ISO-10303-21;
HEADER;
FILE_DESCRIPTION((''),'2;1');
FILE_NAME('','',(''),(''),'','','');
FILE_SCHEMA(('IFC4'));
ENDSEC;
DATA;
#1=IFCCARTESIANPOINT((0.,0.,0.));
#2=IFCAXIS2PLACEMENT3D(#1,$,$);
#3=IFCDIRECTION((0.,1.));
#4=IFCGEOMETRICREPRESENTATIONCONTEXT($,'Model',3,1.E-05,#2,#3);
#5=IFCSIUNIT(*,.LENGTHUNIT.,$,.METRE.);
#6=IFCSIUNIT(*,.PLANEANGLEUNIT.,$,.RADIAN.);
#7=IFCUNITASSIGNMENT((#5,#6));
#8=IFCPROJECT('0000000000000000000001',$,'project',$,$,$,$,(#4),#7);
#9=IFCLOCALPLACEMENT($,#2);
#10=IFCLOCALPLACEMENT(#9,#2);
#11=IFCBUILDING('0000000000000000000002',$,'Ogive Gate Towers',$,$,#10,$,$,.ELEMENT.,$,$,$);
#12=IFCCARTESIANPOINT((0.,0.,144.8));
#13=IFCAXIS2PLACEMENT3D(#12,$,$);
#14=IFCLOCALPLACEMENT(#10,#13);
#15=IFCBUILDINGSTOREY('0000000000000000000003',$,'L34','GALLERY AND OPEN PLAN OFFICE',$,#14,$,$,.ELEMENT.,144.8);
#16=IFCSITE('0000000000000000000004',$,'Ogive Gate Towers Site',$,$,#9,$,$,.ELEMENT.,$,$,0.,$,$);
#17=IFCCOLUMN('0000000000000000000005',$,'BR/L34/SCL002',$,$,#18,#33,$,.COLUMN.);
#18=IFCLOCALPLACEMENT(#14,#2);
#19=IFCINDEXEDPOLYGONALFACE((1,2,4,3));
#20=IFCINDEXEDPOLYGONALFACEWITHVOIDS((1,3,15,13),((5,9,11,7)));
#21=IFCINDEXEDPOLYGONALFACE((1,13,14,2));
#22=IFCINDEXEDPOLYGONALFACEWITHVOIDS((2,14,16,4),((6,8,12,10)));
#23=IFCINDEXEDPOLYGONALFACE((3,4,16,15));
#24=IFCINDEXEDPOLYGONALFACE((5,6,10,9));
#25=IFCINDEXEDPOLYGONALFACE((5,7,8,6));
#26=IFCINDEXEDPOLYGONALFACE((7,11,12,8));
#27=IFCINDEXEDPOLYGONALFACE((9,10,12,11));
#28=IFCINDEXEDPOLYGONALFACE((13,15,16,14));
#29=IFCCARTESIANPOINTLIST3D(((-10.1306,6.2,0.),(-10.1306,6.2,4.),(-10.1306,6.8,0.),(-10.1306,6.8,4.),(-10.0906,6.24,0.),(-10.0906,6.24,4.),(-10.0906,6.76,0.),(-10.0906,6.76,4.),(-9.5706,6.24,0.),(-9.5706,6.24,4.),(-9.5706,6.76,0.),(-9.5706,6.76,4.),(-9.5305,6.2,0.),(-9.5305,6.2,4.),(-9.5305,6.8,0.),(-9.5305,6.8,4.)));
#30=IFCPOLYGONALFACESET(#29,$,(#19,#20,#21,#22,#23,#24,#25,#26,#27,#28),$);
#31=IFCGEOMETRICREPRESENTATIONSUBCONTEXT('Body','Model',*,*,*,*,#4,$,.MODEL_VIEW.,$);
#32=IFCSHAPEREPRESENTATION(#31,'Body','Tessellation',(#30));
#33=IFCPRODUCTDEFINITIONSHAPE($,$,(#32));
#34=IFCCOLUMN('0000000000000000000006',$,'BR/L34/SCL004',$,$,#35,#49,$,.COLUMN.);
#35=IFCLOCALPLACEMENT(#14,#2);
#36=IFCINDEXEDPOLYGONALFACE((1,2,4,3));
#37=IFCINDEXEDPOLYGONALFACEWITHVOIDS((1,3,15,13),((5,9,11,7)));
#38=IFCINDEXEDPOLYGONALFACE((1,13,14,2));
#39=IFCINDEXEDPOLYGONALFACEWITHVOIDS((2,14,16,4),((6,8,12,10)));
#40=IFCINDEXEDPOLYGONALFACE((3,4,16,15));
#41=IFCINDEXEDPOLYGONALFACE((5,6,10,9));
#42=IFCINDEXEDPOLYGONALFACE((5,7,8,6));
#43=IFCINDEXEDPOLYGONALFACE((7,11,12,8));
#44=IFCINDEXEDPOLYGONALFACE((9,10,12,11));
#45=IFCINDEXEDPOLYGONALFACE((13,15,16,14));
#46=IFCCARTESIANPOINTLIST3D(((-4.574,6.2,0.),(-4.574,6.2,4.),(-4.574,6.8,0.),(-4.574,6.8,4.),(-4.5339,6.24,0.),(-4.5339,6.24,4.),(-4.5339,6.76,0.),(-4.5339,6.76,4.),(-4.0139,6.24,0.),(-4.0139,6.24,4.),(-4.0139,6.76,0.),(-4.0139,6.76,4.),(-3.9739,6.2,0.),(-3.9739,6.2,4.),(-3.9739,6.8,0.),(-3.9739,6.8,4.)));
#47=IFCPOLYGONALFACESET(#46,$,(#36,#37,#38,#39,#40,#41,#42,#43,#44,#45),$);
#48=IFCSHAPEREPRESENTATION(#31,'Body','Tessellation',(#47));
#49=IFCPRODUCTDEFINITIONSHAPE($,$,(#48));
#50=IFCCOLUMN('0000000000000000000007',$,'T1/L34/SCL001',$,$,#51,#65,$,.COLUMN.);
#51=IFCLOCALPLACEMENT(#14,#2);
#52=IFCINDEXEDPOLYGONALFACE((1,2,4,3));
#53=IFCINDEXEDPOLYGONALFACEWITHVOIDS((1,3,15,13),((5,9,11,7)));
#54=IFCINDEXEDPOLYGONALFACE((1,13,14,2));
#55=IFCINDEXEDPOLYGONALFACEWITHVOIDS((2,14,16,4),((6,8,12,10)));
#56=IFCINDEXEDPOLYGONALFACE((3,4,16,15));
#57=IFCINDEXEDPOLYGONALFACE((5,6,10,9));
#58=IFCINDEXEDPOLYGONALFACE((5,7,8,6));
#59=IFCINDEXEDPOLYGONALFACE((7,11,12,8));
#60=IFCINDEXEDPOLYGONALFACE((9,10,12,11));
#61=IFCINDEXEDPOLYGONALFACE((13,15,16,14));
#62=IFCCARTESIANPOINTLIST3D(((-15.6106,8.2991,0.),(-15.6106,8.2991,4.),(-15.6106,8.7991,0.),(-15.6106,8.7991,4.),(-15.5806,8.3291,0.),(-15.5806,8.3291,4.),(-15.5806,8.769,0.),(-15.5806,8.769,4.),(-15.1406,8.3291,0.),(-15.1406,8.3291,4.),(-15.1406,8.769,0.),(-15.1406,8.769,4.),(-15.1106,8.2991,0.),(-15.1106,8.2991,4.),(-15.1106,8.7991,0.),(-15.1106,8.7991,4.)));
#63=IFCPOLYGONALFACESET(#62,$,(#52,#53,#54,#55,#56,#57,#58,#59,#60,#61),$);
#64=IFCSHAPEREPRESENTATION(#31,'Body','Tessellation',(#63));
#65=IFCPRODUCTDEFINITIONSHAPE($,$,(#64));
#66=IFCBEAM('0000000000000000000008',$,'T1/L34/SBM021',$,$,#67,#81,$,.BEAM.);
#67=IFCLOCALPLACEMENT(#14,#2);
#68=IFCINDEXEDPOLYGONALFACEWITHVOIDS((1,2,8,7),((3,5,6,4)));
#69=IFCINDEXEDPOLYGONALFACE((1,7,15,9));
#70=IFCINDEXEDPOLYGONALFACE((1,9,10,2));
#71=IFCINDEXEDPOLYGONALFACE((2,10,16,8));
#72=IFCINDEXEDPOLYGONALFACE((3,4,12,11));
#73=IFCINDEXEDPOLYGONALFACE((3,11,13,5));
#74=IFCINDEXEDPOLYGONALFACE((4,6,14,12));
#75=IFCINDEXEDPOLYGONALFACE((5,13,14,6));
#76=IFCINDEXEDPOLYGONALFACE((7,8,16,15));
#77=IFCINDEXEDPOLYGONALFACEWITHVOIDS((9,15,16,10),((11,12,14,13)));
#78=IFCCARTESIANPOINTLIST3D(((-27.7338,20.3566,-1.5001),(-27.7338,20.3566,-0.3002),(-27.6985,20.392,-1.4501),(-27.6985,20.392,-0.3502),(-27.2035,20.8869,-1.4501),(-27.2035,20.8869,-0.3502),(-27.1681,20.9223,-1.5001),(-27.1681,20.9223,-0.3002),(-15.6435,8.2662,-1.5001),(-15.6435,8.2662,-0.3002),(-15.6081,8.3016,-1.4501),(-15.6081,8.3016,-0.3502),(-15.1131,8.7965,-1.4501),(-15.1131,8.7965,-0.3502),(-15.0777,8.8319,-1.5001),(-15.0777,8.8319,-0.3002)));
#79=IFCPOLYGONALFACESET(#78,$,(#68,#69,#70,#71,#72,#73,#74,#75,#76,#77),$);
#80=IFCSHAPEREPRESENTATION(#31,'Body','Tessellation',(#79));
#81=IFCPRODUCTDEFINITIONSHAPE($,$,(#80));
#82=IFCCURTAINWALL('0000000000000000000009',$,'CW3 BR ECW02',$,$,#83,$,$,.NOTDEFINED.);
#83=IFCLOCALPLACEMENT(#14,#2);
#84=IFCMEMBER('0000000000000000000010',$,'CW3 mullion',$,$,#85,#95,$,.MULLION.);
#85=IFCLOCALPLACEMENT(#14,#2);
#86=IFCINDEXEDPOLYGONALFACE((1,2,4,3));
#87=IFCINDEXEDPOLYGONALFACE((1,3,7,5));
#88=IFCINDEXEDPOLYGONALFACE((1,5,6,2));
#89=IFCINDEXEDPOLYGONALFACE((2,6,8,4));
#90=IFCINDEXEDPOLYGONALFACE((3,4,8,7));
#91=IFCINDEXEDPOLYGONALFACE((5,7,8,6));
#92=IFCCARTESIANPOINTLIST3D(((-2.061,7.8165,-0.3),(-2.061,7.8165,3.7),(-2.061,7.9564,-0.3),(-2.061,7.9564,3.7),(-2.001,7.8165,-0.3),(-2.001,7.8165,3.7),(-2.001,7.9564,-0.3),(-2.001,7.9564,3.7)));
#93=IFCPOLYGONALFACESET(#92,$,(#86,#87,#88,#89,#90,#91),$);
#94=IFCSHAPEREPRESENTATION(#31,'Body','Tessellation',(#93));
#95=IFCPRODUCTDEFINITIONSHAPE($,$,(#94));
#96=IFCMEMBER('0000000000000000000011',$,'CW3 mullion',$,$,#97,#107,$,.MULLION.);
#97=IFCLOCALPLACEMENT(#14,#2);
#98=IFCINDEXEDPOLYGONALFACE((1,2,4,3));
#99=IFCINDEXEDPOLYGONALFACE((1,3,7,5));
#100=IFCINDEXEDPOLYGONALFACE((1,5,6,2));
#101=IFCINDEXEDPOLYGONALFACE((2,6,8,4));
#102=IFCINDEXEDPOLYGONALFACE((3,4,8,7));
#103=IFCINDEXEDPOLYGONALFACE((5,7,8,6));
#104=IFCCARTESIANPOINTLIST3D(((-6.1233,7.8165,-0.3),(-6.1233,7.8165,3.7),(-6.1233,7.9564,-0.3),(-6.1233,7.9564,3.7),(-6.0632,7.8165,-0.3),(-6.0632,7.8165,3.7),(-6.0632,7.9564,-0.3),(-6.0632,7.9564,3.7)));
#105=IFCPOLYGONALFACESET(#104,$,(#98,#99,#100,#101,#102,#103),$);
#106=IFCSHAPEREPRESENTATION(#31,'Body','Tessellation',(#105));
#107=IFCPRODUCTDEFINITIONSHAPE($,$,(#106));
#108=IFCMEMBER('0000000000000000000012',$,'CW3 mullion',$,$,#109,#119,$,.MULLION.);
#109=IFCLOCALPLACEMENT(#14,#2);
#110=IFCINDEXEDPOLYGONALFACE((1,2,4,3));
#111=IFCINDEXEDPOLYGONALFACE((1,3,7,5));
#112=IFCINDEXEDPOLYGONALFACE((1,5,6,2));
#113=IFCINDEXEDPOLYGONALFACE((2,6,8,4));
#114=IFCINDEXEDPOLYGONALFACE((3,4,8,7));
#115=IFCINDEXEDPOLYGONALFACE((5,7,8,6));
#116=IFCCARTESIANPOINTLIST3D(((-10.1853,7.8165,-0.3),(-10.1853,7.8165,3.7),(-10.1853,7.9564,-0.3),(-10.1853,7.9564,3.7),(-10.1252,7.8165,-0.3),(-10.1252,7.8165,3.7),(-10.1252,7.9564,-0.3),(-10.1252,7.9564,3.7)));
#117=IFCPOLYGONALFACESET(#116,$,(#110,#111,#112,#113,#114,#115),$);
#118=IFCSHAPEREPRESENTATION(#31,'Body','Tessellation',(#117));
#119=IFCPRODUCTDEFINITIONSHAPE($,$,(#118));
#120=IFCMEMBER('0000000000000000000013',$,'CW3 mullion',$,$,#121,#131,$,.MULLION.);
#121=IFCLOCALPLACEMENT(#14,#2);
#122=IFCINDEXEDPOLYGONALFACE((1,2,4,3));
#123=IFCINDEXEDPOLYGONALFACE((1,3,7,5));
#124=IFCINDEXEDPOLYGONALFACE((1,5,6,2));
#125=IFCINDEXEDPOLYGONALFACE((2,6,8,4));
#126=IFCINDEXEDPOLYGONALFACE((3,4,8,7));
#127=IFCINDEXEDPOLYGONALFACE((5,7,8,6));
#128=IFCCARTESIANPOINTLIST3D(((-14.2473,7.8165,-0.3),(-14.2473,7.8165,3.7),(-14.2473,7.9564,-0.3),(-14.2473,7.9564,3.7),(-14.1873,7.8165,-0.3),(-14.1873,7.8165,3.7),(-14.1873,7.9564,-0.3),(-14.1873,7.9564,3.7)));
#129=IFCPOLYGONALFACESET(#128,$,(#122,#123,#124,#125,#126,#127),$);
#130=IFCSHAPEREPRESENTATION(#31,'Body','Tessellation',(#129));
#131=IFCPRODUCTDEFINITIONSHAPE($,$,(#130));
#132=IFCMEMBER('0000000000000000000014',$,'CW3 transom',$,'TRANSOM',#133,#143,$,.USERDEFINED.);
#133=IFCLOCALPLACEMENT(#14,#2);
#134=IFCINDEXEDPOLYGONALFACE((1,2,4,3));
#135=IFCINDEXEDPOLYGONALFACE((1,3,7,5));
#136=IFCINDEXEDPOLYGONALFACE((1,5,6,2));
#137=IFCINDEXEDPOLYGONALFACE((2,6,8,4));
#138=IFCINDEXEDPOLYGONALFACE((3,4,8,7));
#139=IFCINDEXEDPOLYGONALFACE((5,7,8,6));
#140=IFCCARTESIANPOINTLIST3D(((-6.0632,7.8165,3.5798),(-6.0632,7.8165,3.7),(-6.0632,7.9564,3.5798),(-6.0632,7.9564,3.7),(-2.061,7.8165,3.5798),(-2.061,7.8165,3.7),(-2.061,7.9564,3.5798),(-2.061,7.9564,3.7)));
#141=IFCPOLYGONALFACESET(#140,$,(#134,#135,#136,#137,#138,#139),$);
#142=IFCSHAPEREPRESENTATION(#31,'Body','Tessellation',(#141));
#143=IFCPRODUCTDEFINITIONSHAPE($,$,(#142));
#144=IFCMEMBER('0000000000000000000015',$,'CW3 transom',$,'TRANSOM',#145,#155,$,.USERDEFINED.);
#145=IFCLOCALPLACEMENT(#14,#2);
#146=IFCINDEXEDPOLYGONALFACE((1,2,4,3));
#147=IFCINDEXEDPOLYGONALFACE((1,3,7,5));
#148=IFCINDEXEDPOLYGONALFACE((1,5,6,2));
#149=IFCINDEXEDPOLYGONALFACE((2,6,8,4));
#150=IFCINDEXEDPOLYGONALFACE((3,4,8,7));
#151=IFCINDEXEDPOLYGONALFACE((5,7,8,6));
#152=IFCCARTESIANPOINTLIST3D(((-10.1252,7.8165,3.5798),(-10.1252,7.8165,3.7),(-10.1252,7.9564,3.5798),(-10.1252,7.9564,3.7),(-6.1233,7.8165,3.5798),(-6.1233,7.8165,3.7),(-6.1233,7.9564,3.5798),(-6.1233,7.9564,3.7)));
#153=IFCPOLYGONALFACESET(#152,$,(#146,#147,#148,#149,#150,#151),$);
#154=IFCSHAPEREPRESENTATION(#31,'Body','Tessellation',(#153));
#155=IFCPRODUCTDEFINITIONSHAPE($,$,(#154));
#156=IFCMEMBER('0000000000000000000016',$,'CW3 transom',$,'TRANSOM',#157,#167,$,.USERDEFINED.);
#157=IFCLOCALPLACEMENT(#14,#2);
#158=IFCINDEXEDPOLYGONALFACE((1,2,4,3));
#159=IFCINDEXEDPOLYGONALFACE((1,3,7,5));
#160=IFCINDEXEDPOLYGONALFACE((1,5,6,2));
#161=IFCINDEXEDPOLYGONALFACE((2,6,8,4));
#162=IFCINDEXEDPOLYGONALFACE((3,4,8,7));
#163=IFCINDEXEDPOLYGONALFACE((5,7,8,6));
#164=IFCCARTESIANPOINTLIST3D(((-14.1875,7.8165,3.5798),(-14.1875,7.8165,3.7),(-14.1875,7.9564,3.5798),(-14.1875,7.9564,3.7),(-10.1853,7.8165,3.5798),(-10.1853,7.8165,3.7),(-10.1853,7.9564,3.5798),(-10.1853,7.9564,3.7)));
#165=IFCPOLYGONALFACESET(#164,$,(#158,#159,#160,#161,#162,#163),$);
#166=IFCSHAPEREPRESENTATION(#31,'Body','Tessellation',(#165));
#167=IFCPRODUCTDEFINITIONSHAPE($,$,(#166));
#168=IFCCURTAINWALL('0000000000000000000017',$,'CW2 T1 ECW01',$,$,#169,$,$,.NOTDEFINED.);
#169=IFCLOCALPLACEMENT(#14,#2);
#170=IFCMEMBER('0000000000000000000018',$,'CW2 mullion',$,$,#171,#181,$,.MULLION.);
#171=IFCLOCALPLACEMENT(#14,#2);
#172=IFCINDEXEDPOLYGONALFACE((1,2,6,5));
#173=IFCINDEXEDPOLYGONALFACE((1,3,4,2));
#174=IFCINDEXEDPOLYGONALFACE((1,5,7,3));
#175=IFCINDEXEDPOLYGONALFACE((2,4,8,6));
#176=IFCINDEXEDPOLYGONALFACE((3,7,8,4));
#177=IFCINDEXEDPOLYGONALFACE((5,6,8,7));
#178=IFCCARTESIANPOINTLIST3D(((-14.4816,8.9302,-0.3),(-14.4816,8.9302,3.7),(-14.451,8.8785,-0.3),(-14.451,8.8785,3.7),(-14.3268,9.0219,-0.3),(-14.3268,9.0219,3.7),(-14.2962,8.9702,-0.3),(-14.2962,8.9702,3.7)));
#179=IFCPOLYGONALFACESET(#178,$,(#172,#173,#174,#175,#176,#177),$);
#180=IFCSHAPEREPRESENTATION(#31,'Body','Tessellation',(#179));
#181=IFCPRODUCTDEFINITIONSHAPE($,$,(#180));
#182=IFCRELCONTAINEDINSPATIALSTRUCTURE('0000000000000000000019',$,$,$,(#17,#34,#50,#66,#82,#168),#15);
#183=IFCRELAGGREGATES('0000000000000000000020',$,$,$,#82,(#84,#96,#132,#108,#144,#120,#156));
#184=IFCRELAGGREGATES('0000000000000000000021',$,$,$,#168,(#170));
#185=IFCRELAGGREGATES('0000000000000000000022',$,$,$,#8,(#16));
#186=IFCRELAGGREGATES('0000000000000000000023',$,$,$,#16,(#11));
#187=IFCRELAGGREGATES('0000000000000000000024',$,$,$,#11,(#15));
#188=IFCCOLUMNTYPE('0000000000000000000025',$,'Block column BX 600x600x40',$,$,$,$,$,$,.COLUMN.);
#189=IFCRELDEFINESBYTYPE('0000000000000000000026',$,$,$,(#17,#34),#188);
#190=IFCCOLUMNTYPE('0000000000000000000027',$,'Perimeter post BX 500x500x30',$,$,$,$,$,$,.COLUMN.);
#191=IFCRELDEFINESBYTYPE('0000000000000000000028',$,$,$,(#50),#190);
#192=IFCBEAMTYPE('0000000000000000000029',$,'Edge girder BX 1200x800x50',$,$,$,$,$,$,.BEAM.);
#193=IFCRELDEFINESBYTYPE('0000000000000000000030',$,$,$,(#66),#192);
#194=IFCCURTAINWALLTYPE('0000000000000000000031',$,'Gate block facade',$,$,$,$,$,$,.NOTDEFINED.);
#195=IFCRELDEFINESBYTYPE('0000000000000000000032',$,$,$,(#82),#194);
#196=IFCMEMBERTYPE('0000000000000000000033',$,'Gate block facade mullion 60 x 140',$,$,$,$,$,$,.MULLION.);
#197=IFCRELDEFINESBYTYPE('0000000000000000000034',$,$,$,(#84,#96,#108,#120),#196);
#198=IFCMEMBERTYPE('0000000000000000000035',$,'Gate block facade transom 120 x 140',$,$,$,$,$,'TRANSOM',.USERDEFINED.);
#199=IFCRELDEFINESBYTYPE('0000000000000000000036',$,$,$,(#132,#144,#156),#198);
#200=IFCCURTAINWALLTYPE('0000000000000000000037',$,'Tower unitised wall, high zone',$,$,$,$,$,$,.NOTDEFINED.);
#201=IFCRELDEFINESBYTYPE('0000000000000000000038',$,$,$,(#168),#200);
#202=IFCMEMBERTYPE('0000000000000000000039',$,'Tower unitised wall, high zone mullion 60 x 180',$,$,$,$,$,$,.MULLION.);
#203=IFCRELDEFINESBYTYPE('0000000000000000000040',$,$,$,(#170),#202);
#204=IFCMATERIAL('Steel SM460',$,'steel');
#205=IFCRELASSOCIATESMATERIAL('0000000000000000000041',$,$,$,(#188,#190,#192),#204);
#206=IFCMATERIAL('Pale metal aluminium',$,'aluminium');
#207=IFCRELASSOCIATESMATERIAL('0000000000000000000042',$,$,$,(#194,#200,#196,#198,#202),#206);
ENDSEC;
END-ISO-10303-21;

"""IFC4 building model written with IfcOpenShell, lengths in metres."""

from ifc_helpers import new_model, si_unit, direction, frame, origin, origin_2d, place, context, subcontext, project, spatial, rectangle, hollow_rectangle, extrude, material, material_profile, profile_set, type_object, element, aggregate, save


model = new_model("IFC4")

# Units and contexts
model_context = context("Model", 3, precision=1e-05, world=origin(), true_north=direction((0.0, 1.0)))
body_context = subcontext(model_context, "Body", "Model", "MODEL_VIEW")
ifc_project = project(units=[si_unit("LENGTHUNIT", "METRE"), si_unit("PLANEANGLEUNIT", "RADIAN")], contexts=[model_context])

# Site, building, storey
site_placement = place(None, origin())
site = spatial("IfcSite", under=ifc_project, at=site_placement, Name="Ogive Gate Towers Site", CompositionType="ELEMENT", RefElevation=0.0)
building_placement = place(site_placement, origin())
building = spatial("IfcBuilding", under=site, at=building_placement, Name="Ogive Gate Towers", CompositionType="ELEMENT")
storey_placement = place(building_placement, frame((0.0, 0.0, 144.8)))
storey = spatial("IfcBuildingStorey", under=building, at=storey_placement, Name="L34", Description="GALLERY AND OPEN PLAN OFFICE", CompositionType="ELEMENT", Elevation=144.8)

# Columns
ifc_material_1 = material(Name="Steel SM460", Category="steel")
ifc_material_profile_1 = material_profile(ifc_material_1, hollow_rectangle(XDim=0.6001, YDim=0.6001, WallThickness=0.04, at=origin_2d()), Name="BX 600x600x40")
ifc_profile_set_1 = profile_set([ifc_material_profile_1], Name="Steel SM460")
column_type_1 = type_object("IfcColumnType", Name="Block column BX 600x600x40", PredefinedType="COLUMN", material=ifc_profile_set_1)
for number, where, z_axis, x_axis, name in (
    (1, (-9.8306, 6.5, 0.0), (0.0, 0.0, 1.0), (1.0, 0.0, 0.0), "BR/L34/SCL002"),
    (2, (-4.2739, 6.5, 0.0), (0.0, 0.0, 1.0), (1.0, 0.0, 0.0), "BR/L34/SCL004"),
):
    element("IfcColumn", number, at=place(storey_placement, frame(where, z_axis=z_axis, x_axis=x_axis)), inside=storey, type_object=column_type_1, Name=name, PredefinedType="COLUMN", context=body_context, shape_type="SweptSolid", body=[
        extrude(hollow_rectangle(XDim=0.6001, YDim=0.6001, WallThickness=0.04, at=origin_2d()), origin(), (0.0, 0.0, 1.0), 4.0),
    ])
ifc_material_profile_2 = material_profile(ifc_material_1, hollow_rectangle(XDim=0.5, YDim=0.5, WallThickness=0.03, at=origin_2d()), Name="BX 500x500x30")
ifc_profile_set_2 = profile_set([ifc_material_profile_2], Name="Steel SM460")
column_type_2 = type_object("IfcColumnType", Name="Perimeter post BX 500x500x30", PredefinedType="COLUMN", material=ifc_profile_set_2)
column_placement = place(storey_placement, frame((-15.3606, 8.5491, 0.0), z_axis=(0.0, 0.0, 1.0), x_axis=(1.0, 0.0, 0.0)))
element("IfcColumn", 3, at=column_placement, inside=storey, type_object=column_type_2, Name="T1/L34/SCL001", PredefinedType="COLUMN", context=body_context, shape_type="SweptSolid", body=[
    extrude(hollow_rectangle(XDim=0.5, YDim=0.5, WallThickness=0.03, at=origin_2d()), origin(), (0.0, 0.0, 1.0), 4.0),
])

# Beam
ifc_material_profile_3 = material_profile(ifc_material_1, hollow_rectangle(XDim=0.8, YDim=1.2, WallThickness=0.05, at=origin_2d()), Name="BX 1200x800x50")
ifc_profile_set_3 = profile_set([ifc_material_profile_3], Name="Steel SM460")
beam_type = type_object("IfcBeamType", Name="Edge girder BX 1200x800x50", PredefinedType="BEAM", material=ifc_profile_set_3)
beam_placement = place(storey_placement, frame((-15.3606, 8.5491, -0.9001), z_axis=(-0.707107, 0.707107, 0.0), x_axis=(-0.707107, -0.707107, 0.0)))
element("IfcBeam", 4, at=beam_placement, inside=storey, type_object=beam_type, Name="T1/L34/SBM021", PredefinedType="BEAM", context=body_context, shape_type="SweptSolid", body=[
    extrude(hollow_rectangle(XDim=0.8, YDim=1.2, WallThickness=0.05, at=origin_2d()), origin(), (0.0, 0.0, 1.0), 17.0984),
])

# Curtain walls, members
ifc_material_2 = material(Name="Pale metal aluminium", Category="aluminium")
curtain_wall_type_1 = type_object("IfcCurtainWallType", Name="Gate block facade", PredefinedType="NOTDEFINED", material=ifc_material_2)
curtain_wall_1_placement = place(storey_placement, origin())
curtain_wall_1 = element("IfcCurtainWall", 5, at=curtain_wall_1_placement, inside=storey, type_object=curtain_wall_type_1, Name="CW3 BR ECW02", PredefinedType="NOTDEFINED")
ifc_material_profile_4 = material_profile(ifc_material_2, rectangle(XDim=0.1399, YDim=0.0601, at=origin_2d()), Name="60 x 140 aluminium box")
ifc_profile_set_4 = profile_set([ifc_material_profile_4], Name="Pale metal aluminium")
member_type_1 = type_object("IfcMemberType", Name="Gate block facade mullion 60 x 140", PredefinedType="MULLION", material=ifc_profile_set_4)
member_1_placement = place(storey_placement, frame((-2.031, 7.8865, -0.3), z_axis=(0.0, 0.0, 1.0), x_axis=(0.0, 1.0, 0.0)))
member_1 = element("IfcMember", 6, at=member_1_placement, type_object=member_type_1, Name="CW3 mullion", PredefinedType="MULLION", context=body_context, shape_type="SweptSolid", body=[
    extrude(rectangle(XDim=0.1399, YDim=0.0601, at=origin_2d()), origin(), (0.0, 0.0, 1.0), 4.0),
])
member_2_placement = place(storey_placement, frame((-6.0933, 7.8865, -0.3), z_axis=(0.0, 0.0, 1.0), x_axis=(0.0, 1.0, 0.0)))
member_2 = element("IfcMember", 7, at=member_2_placement, type_object=member_type_1, Name="CW3 mullion", PredefinedType="MULLION", context=body_context, shape_type="SweptSolid", body=[
    extrude(rectangle(XDim=0.1399, YDim=0.0601, at=origin_2d()), origin(), (0.0, 0.0, 1.0), 4.0),
])
member_3_placement = place(storey_placement, frame((-10.1553, 7.8865, -0.3), z_axis=(0.0, 0.0, 1.0), x_axis=(0.0, 1.0, 0.0)))
member_3 = element("IfcMember", 8, at=member_3_placement, type_object=member_type_1, Name="CW3 mullion", PredefinedType="MULLION", context=body_context, shape_type="SweptSolid", body=[
    extrude(rectangle(XDim=0.1399, YDim=0.0601, at=origin_2d()), origin(), (0.0, 0.0, 1.0), 4.0),
])
member_4_placement = place(storey_placement, frame((-14.2173, 7.8865, -0.3), z_axis=(0.0, 0.0, 1.0), x_axis=(0.0, 1.0, 0.0)))
member_4 = element("IfcMember", 9, at=member_4_placement, type_object=member_type_1, Name="CW3 mullion", PredefinedType="MULLION", context=body_context, shape_type="SweptSolid", body=[
    extrude(rectangle(XDim=0.1399, YDim=0.0601, at=origin_2d()), origin(), (0.0, 0.0, 1.0), 4.0),
])
ifc_material_profile_5 = material_profile(ifc_material_2, rectangle(XDim=0.1399, YDim=0.1201, at=origin_2d()), Name="120 x 140 aluminium box")
ifc_profile_set_5 = profile_set([ifc_material_profile_5], Name="Pale metal aluminium")
member_type_2 = type_object("IfcMemberType", Name="Gate block facade transom 120 x 140", ElementType="TRANSOM", PredefinedType="USERDEFINED", material=ifc_profile_set_5)
member_5_placement = place(storey_placement, frame((-2.061, 7.8865, 3.6399), z_axis=(-1.0, 0.0, 0.0), x_axis=(0.0, -1.0, 0.0)))
member_5 = element("IfcMember", 10, at=member_5_placement, type_object=member_type_2, Name="CW3 transom", ObjectType="TRANSOM", PredefinedType="USERDEFINED", context=body_context, shape_type="SweptSolid", body=[
    extrude(rectangle(XDim=0.1399, YDim=0.1201, at=origin_2d()), origin(), (0.0, 0.0, 1.0), 4.0022),
])
member_6_placement = place(storey_placement, frame((-6.1233, 7.8865, 3.6399), z_axis=(-1.0, 0.0, 0.0), x_axis=(0.0, -1.0, 0.0)))
member_6 = element("IfcMember", 11, at=member_6_placement, type_object=member_type_2, Name="CW3 transom", ObjectType="TRANSOM", PredefinedType="USERDEFINED", context=body_context, shape_type="SweptSolid", body=[
    extrude(rectangle(XDim=0.1399, YDim=0.1201, at=origin_2d()), origin(), (0.0, 0.0, 1.0), 4.002),
])
member_7_placement = place(storey_placement, frame((-10.1853, 7.8865, 3.6399), z_axis=(-1.0, 0.0, 0.0), x_axis=(0.0, -1.0, 0.0)))
member_7 = element("IfcMember", 12, at=member_7_placement, type_object=member_type_2, Name="CW3 transom", ObjectType="TRANSOM", PredefinedType="USERDEFINED", context=body_context, shape_type="SweptSolid", body=[
    extrude(rectangle(XDim=0.1399, YDim=0.1201, at=origin_2d()), origin(), (0.0, 0.0, 1.0), 4.0022),
])
curtain_wall_type_2 = type_object("IfcCurtainWallType", Name="Tower unitised wall, high zone", PredefinedType="NOTDEFINED", material=ifc_material_2)
curtain_wall_2_placement = place(storey_placement, origin())
curtain_wall_2 = element("IfcCurtainWall", 13, at=curtain_wall_2_placement, inside=storey, type_object=curtain_wall_type_2, Name="CW2 T1 ECW01", PredefinedType="NOTDEFINED")
ifc_material_profile_6 = material_profile(ifc_material_2, rectangle(XDim=0.1799, YDim=0.0601, at=origin_2d()), Name="60 x 180 aluminium box")
ifc_profile_set_6 = profile_set([ifc_material_profile_6], Name="Pale metal aluminium")
member_type_3 = type_object("IfcMemberType", Name="Tower unitised wall, high zone mullion 60 x 180", PredefinedType="MULLION", material=ifc_profile_set_6)
member_8_placement = place(storey_placement, frame((-14.3889, 8.9502, -0.3), z_axis=(0.0, 0.0, 1.0), x_axis=(0.860466, 0.509507, 0.0)))
member_8 = element("IfcMember", 14, at=member_8_placement, type_object=member_type_3, Name="CW2 mullion", PredefinedType="MULLION", context=body_context, shape_type="SweptSolid", body=[
    extrude(rectangle(XDim=0.1799, YDim=0.0601, at=origin_2d()), origin(), (0.0, 0.0, 1.0), 4.0),
])

aggregate(curtain_wall_1, [member_1, member_2, member_5, member_3, member_6, member_4, member_7])
aggregate(curtain_wall_2, [member_8])

save(model, "model.ifc")
